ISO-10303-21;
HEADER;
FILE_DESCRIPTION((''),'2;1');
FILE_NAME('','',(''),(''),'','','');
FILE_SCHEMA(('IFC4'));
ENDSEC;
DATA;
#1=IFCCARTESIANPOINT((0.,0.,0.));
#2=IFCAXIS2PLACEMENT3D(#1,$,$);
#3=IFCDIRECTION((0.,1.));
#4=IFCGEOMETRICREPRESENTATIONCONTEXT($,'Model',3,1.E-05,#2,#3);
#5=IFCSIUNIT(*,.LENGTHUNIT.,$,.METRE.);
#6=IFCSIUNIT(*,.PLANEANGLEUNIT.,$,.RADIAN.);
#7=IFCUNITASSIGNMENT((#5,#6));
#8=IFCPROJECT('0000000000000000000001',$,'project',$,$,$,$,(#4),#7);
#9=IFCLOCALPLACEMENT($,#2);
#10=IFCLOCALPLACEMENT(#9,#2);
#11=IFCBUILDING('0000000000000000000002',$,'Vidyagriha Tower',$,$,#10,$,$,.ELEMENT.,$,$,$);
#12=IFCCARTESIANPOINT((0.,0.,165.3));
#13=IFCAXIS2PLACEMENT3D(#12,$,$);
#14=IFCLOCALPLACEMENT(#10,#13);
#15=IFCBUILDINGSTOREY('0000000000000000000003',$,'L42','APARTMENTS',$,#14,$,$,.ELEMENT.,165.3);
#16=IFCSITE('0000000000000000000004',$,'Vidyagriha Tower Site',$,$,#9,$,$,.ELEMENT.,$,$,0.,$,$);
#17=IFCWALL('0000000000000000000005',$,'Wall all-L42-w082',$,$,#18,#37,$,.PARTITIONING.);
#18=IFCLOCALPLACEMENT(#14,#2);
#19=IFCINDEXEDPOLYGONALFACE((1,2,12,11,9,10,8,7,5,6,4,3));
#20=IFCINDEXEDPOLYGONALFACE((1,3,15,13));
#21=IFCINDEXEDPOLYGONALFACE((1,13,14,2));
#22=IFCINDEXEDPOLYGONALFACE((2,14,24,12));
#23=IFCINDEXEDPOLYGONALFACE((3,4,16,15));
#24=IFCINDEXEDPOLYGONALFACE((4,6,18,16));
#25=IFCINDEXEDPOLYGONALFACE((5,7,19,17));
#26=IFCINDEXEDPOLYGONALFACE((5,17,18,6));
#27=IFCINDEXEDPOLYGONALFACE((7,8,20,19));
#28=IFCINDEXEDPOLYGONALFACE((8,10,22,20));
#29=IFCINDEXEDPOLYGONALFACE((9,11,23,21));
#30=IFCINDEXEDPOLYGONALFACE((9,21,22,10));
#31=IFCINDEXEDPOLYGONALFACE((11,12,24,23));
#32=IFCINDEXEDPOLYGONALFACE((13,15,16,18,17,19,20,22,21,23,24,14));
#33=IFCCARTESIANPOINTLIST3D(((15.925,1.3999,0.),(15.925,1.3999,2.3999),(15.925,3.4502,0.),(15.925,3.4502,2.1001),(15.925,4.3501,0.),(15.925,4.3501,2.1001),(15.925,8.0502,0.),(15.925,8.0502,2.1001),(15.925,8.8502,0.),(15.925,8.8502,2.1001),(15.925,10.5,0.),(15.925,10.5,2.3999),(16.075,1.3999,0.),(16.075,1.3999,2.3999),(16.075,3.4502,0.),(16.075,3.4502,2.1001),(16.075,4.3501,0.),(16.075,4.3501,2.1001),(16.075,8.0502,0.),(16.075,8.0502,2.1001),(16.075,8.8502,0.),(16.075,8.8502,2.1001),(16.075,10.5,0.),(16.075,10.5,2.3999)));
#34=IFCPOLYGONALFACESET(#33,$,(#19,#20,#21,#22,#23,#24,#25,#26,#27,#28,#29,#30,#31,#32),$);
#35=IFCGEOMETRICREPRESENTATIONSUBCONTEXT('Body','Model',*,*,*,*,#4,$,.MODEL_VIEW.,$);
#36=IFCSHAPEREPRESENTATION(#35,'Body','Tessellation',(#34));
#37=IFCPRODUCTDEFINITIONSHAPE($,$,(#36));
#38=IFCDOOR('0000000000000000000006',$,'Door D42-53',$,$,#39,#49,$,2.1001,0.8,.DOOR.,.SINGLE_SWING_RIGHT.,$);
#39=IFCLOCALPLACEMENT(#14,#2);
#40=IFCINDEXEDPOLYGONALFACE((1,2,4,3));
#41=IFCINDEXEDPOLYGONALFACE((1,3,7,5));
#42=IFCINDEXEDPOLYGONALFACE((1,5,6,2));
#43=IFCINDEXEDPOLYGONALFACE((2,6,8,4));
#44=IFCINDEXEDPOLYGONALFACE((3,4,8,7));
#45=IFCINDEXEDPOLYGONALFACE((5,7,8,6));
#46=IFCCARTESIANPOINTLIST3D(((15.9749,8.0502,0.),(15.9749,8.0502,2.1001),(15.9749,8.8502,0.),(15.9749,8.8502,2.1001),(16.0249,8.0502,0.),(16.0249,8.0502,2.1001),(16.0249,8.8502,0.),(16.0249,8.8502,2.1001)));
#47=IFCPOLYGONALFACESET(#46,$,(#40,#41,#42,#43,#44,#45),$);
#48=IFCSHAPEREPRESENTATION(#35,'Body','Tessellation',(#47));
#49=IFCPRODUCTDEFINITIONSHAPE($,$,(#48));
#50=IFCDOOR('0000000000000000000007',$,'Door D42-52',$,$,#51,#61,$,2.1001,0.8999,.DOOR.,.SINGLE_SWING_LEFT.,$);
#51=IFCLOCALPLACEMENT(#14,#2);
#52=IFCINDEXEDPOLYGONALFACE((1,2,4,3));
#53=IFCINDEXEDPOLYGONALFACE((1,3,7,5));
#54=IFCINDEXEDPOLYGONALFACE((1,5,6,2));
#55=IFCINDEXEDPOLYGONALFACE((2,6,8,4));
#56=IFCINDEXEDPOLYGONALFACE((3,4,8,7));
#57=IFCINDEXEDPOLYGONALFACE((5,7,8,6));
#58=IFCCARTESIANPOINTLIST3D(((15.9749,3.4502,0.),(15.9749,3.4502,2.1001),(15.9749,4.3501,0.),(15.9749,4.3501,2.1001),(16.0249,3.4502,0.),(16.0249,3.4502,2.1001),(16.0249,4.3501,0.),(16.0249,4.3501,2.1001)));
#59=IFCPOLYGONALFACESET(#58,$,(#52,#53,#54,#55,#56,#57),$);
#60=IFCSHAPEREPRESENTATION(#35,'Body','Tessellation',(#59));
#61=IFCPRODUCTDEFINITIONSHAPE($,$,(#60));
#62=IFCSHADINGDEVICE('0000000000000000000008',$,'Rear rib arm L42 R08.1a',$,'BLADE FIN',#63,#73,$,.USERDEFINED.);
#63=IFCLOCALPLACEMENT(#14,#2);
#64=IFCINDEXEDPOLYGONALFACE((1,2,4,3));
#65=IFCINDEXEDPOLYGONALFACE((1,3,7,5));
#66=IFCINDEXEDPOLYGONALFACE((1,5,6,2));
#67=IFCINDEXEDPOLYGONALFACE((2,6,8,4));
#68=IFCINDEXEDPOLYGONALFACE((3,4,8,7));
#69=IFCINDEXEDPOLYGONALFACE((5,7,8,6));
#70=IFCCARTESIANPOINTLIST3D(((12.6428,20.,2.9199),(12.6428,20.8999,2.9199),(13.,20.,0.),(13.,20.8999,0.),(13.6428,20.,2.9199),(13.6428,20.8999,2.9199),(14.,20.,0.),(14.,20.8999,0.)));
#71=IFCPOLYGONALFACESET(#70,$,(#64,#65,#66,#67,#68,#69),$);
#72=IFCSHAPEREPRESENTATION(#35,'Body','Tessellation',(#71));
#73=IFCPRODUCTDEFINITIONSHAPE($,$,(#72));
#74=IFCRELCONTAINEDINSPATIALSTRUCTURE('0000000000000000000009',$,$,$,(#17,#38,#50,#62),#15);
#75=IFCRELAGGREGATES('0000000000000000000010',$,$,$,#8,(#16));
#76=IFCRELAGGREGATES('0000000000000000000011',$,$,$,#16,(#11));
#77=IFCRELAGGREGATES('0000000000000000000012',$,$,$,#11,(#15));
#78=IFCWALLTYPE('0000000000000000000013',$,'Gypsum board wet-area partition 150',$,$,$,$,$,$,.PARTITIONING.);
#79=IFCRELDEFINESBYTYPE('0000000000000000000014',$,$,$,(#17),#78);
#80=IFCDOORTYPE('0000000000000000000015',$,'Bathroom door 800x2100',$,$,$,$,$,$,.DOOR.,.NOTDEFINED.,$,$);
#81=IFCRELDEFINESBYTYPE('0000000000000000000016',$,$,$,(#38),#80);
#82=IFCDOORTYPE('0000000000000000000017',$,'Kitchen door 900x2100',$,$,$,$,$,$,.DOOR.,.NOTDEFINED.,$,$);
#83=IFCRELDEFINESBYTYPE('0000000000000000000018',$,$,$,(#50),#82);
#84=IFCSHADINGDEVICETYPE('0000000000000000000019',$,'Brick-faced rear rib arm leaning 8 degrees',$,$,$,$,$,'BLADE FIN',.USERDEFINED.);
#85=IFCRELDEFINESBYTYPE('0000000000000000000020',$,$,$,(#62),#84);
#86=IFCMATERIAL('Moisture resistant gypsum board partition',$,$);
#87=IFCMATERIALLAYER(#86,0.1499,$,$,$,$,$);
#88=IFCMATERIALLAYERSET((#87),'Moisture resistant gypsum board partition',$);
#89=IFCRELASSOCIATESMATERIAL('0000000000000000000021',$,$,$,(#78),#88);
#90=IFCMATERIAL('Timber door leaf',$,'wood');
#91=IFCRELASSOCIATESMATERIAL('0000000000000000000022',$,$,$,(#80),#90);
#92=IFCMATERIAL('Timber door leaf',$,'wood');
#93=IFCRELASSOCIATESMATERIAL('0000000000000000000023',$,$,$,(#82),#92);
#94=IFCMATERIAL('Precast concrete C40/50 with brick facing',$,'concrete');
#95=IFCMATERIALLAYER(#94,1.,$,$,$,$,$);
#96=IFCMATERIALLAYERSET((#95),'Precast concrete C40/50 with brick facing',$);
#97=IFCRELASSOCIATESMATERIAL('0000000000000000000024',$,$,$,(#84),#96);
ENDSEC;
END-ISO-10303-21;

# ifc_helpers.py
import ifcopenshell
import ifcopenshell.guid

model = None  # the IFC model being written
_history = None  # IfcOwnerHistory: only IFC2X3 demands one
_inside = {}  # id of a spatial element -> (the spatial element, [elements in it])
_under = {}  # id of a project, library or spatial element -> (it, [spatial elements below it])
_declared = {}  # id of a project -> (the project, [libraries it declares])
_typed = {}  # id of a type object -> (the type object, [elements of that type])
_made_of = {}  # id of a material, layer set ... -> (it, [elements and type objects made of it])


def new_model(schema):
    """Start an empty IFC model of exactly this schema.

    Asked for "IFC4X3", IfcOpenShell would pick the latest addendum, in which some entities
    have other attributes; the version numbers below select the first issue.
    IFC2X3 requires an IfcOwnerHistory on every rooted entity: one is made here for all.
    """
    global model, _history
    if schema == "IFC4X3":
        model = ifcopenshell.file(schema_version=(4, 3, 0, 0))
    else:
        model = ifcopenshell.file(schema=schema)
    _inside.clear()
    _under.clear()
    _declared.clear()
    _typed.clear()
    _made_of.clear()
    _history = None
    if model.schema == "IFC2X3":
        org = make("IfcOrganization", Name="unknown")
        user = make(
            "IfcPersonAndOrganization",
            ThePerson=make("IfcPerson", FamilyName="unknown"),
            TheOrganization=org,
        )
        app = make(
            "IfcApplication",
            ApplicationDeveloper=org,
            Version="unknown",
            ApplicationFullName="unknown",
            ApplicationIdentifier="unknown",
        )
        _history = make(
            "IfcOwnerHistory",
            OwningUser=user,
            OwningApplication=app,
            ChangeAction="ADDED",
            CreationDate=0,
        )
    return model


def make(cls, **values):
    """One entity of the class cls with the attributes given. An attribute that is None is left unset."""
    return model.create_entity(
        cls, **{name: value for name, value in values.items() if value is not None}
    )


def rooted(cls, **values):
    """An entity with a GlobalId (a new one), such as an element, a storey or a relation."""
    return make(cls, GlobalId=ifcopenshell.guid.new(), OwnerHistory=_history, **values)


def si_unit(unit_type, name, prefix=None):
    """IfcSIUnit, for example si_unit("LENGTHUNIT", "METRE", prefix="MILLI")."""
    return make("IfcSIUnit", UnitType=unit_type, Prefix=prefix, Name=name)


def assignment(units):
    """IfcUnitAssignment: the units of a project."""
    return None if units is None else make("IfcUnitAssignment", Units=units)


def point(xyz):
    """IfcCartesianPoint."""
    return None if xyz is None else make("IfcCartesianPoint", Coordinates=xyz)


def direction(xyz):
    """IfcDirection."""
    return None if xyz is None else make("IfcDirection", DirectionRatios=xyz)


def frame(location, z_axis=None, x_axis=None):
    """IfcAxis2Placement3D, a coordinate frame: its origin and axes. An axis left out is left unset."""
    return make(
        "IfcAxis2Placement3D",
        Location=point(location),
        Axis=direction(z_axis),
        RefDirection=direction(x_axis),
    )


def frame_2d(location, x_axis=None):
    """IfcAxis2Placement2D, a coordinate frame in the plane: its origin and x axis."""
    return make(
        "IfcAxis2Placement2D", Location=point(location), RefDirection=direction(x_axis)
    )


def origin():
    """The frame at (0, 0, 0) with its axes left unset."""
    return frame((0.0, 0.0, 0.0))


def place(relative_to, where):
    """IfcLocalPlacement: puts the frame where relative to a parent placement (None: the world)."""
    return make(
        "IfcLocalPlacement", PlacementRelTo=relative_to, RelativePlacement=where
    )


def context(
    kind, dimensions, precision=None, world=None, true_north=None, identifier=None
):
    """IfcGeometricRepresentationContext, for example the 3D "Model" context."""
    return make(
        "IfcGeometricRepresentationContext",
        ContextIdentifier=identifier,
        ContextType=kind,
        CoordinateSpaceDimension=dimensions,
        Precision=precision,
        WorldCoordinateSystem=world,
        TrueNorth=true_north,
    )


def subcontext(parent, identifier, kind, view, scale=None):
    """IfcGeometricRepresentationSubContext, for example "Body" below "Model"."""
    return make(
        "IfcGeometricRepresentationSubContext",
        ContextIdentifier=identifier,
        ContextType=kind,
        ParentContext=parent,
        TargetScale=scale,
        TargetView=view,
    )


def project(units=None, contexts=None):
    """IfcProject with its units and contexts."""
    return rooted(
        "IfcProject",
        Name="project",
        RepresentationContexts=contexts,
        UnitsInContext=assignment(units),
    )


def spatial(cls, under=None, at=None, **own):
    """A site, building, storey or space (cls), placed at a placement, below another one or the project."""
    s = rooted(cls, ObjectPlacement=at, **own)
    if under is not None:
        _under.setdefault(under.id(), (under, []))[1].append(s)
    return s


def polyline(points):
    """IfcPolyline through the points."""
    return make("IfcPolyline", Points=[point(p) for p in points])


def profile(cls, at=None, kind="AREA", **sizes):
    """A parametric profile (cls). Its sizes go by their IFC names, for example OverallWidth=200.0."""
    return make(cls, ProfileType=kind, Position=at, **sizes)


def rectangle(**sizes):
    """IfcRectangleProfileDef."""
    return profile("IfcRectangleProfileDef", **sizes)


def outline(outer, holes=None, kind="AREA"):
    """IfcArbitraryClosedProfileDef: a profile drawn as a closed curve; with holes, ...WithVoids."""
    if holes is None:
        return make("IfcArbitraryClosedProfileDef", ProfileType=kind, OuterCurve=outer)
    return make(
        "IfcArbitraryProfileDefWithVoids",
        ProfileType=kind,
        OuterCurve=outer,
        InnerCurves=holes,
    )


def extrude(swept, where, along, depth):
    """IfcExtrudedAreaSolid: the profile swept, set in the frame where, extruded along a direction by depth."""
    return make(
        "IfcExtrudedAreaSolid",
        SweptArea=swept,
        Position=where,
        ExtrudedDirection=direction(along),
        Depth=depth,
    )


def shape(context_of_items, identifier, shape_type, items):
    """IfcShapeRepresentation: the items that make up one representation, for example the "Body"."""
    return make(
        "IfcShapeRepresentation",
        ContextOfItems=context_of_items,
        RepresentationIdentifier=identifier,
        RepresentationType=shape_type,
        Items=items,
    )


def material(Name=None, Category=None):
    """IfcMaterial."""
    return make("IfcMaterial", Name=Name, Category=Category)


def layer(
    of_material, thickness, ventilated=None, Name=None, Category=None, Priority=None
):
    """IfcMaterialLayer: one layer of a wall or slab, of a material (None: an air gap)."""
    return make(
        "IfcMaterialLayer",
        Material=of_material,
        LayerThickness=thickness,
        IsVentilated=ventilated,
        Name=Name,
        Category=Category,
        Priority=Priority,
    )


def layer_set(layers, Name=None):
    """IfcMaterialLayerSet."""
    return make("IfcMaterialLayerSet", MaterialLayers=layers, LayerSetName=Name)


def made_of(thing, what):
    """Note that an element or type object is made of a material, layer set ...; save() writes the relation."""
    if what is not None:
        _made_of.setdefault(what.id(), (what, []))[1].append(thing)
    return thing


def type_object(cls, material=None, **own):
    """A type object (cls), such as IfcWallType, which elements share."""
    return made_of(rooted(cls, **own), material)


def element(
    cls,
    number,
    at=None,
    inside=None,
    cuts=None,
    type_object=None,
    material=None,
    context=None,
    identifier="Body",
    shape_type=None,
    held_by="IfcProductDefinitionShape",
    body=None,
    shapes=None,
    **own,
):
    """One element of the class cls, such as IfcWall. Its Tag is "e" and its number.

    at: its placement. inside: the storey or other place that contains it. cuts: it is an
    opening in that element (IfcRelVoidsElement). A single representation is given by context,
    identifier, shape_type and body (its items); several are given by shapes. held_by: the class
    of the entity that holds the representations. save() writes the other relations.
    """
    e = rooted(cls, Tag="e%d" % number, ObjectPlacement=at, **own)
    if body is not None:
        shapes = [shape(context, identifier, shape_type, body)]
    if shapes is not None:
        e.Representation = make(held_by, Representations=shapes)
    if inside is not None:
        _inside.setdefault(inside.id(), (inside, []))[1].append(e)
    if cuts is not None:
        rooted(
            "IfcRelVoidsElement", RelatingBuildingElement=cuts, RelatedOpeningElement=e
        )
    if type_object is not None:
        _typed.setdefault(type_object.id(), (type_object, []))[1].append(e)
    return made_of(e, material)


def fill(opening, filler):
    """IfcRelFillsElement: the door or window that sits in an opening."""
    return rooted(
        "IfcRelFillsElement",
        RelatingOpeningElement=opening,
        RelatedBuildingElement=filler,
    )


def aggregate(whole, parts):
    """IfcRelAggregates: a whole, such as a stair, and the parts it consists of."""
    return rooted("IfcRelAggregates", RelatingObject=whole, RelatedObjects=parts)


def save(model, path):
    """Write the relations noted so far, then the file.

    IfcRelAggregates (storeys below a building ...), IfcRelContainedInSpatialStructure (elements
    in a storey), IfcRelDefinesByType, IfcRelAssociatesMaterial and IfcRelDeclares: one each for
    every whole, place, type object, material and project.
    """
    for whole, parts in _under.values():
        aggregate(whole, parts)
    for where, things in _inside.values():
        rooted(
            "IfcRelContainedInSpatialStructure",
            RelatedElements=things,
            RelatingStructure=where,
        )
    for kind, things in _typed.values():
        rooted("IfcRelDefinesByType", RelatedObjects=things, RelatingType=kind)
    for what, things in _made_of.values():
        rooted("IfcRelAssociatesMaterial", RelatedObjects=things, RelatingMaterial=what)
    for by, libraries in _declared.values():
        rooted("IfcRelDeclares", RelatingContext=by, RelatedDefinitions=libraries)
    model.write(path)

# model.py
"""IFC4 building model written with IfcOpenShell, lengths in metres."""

from ifc_helpers import new_model, si_unit, direction, frame, frame_2d, origin, place, context, subcontext, project, spatial, polyline, rectangle, outline, extrude, material, layer, layer_set, type_object, element, fill, save


model = new_model("IFC4")

# Units and contexts
model_context = context("Model", 3, precision=1e-05, world=origin(), true_north=direction((0.0, 1.0)))
body_context = subcontext(model_context, "Body", "Model", "MODEL_VIEW")
ifc_project = project(units=[si_unit("LENGTHUNIT", "METRE"), si_unit("PLANEANGLEUNIT", "RADIAN")], contexts=[model_context])

# Site, building, storey
site_placement = place(None, origin())
site = spatial("IfcSite", under=ifc_project, at=site_placement, Name="Vidyagriha Tower Site", CompositionType="ELEMENT", RefElevation=0.0)
building_placement = place(site_placement, origin())
building = spatial("IfcBuilding", under=site, at=building_placement, Name="Vidyagriha Tower", CompositionType="ELEMENT")
storey_placement = place(building_placement, frame((0.0, 0.0, 165.3)))
storey = spatial("IfcBuildingStorey", under=building, at=storey_placement, Name="L42", Description="APARTMENTS", CompositionType="ELEMENT", Elevation=165.3)

# Wall, openings, doors
ifc_material_1 = material(Name="Moisture resistant gypsum board partition")
ifc_layer_1 = layer(ifc_material_1, 0.1499)
ifc_layer_set_1 = layer_set([ifc_layer_1], Name="Moisture resistant gypsum board partition")
wall_type_1 = type_object("IfcWallType", Name="Gypsum board wet-area partition 150", PredefinedType="PARTITIONING", material=ifc_layer_set_1)
wall_1_placement = place(storey_placement, frame((16.0, 10.5, 0.0), z_axis=(0.0, 0.0, 1.0), x_axis=(0.0, -1.0, 0.0)))
wall_1 = element("IfcWall", 1, at=wall_1_placement, inside=storey, type_object=wall_type_1, Name="Wall all-L42-w082", PredefinedType="PARTITIONING", context=body_context, shape_type="SweptSolid", body=[
    extrude(rectangle(XDim=9.1001, YDim=0.1499, at=frame_2d((4.55, 0.0))), origin(), (0.0, 0.0, 1.0), 2.3999),
])
opening_1_placement = place(wall_1_placement, frame((6.1499, 0.0, 0.0)))
opening_1 = element("IfcOpeningElement", 2, at=opening_1_placement, cuts=wall_1, PredefinedType="OPENING", context=body_context, shape_type="SweptSolid", body=[
    extrude(rectangle(XDim=0.8999, YDim=2.1001, at=frame_2d((0.45, 1.05))), frame((0.0, 0.085, 0.0), z_axis=(0.0, -1.0, 0.0), x_axis=(1.0, 0.0, 0.0)), (0.0, 0.0, 1.0), 0.1699),
])
opening_2_placement = place(wall_1_placement, frame((1.6499, 0.0, 0.0)))
opening_2 = element("IfcOpeningElement", 3, at=opening_2_placement, cuts=wall_1, PredefinedType="OPENING", context=body_context, shape_type="SweptSolid", body=[
    extrude(rectangle(XDim=0.8, YDim=2.1001, at=frame_2d((0.3999, 1.05))), frame((0.0, 0.085, 0.0), z_axis=(0.0, -1.0, 0.0), x_axis=(1.0, 0.0, 0.0)), (0.0, 0.0, 1.0), 0.1699),
])
ifc_material_2 = material(Name="Timber door leaf", Category="wood")
door_type_1 = type_object("IfcDoorType", Name="Bathroom door 800x2100", OperationType="NOTDEFINED", PredefinedType="DOOR", material=ifc_material_2)
door_1_placement = place(opening_2_placement, origin())
door_1 = element("IfcDoor", 4, at=door_1_placement, inside=storey, type_object=door_type_1, Name="Door D42-53", OperationType="SINGLE_SWING_RIGHT", OverallHeight=2.1001, OverallWidth=0.8, PredefinedType="DOOR", context=body_context, shape_type="SweptSolid", body=[
    extrude(rectangle(XDim=0.8, YDim=2.1001, at=frame_2d((0.3999, 1.05))), frame((0.0, 0.0249, 0.0), z_axis=(0.0, -1.0, 0.0), x_axis=(1.0, 0.0, 0.0)), (0.0, 0.0, 1.0), 0.05),
])
fill(opening_2, door_1)
ifc_material_3 = material(Name="Timber door leaf", Category="wood")
door_type_2 = type_object("IfcDoorType", Name="Kitchen door 900x2100", OperationType="NOTDEFINED", PredefinedType="DOOR", material=ifc_material_3)
door_2_placement = place(opening_1_placement, origin())
door_2 = element("IfcDoor", 5, at=door_2_placement, inside=storey, type_object=door_type_2, Name="Door D42-52", OperationType="SINGLE_SWING_LEFT", OverallHeight=2.1001, OverallWidth=0.8999, PredefinedType="DOOR", context=body_context, shape_type="SweptSolid", body=[
    extrude(rectangle(XDim=0.8999, YDim=2.1001, at=frame_2d((0.45, 1.05))), frame((0.0, 0.0249, 0.0), z_axis=(0.0, -1.0, 0.0), x_axis=(1.0, 0.0, 0.0)), (0.0, 0.0, 1.0), 0.05),
])
fill(opening_1, door_2)

# Shading device
ifc_material_4 = material(Name="Precast concrete C40/50 with brick facing", Category="concrete")
ifc_layer_2 = layer(ifc_material_4, 1.0)
ifc_layer_set_2 = layer_set([ifc_layer_2], Name="Precast concrete C40/50 with brick facing")
shading_device_type = type_object("IfcShadingDeviceType", Name="Brick-faced rear rib arm leaning 8 degrees", ElementType="BLADE FIN", PredefinedType="USERDEFINED", material=ifc_layer_set_2)
shading_device_placement = place(storey_placement, frame((14.0, 20.45, 0.0), z_axis=(0.0, 0.0, 1.0), x_axis=(-1.0, 0.0, 0.0)))
element("IfcShadingDevice", 6, at=shading_device_placement, inside=storey, type_object=shading_device_type, Name="Rear rib arm L42 R08.1a", ObjectType="BLADE FIN", PredefinedType="USERDEFINED", context=body_context, shape_type="SweptSolid", body=[
    extrude(outline(polyline([(0.0, 0.0), (1.0, 0.0), (1.3572, 2.9199), (0.3572, 2.9199), (0.0, 0.0)])), frame((0.0, 0.45, 0.0), z_axis=(0.0, -1.0, 0.0), x_axis=(1.0, 0.0, 0.0)), (0.0, 0.0, 1.0), 0.8999),
])

save(model, "model.ifc")
